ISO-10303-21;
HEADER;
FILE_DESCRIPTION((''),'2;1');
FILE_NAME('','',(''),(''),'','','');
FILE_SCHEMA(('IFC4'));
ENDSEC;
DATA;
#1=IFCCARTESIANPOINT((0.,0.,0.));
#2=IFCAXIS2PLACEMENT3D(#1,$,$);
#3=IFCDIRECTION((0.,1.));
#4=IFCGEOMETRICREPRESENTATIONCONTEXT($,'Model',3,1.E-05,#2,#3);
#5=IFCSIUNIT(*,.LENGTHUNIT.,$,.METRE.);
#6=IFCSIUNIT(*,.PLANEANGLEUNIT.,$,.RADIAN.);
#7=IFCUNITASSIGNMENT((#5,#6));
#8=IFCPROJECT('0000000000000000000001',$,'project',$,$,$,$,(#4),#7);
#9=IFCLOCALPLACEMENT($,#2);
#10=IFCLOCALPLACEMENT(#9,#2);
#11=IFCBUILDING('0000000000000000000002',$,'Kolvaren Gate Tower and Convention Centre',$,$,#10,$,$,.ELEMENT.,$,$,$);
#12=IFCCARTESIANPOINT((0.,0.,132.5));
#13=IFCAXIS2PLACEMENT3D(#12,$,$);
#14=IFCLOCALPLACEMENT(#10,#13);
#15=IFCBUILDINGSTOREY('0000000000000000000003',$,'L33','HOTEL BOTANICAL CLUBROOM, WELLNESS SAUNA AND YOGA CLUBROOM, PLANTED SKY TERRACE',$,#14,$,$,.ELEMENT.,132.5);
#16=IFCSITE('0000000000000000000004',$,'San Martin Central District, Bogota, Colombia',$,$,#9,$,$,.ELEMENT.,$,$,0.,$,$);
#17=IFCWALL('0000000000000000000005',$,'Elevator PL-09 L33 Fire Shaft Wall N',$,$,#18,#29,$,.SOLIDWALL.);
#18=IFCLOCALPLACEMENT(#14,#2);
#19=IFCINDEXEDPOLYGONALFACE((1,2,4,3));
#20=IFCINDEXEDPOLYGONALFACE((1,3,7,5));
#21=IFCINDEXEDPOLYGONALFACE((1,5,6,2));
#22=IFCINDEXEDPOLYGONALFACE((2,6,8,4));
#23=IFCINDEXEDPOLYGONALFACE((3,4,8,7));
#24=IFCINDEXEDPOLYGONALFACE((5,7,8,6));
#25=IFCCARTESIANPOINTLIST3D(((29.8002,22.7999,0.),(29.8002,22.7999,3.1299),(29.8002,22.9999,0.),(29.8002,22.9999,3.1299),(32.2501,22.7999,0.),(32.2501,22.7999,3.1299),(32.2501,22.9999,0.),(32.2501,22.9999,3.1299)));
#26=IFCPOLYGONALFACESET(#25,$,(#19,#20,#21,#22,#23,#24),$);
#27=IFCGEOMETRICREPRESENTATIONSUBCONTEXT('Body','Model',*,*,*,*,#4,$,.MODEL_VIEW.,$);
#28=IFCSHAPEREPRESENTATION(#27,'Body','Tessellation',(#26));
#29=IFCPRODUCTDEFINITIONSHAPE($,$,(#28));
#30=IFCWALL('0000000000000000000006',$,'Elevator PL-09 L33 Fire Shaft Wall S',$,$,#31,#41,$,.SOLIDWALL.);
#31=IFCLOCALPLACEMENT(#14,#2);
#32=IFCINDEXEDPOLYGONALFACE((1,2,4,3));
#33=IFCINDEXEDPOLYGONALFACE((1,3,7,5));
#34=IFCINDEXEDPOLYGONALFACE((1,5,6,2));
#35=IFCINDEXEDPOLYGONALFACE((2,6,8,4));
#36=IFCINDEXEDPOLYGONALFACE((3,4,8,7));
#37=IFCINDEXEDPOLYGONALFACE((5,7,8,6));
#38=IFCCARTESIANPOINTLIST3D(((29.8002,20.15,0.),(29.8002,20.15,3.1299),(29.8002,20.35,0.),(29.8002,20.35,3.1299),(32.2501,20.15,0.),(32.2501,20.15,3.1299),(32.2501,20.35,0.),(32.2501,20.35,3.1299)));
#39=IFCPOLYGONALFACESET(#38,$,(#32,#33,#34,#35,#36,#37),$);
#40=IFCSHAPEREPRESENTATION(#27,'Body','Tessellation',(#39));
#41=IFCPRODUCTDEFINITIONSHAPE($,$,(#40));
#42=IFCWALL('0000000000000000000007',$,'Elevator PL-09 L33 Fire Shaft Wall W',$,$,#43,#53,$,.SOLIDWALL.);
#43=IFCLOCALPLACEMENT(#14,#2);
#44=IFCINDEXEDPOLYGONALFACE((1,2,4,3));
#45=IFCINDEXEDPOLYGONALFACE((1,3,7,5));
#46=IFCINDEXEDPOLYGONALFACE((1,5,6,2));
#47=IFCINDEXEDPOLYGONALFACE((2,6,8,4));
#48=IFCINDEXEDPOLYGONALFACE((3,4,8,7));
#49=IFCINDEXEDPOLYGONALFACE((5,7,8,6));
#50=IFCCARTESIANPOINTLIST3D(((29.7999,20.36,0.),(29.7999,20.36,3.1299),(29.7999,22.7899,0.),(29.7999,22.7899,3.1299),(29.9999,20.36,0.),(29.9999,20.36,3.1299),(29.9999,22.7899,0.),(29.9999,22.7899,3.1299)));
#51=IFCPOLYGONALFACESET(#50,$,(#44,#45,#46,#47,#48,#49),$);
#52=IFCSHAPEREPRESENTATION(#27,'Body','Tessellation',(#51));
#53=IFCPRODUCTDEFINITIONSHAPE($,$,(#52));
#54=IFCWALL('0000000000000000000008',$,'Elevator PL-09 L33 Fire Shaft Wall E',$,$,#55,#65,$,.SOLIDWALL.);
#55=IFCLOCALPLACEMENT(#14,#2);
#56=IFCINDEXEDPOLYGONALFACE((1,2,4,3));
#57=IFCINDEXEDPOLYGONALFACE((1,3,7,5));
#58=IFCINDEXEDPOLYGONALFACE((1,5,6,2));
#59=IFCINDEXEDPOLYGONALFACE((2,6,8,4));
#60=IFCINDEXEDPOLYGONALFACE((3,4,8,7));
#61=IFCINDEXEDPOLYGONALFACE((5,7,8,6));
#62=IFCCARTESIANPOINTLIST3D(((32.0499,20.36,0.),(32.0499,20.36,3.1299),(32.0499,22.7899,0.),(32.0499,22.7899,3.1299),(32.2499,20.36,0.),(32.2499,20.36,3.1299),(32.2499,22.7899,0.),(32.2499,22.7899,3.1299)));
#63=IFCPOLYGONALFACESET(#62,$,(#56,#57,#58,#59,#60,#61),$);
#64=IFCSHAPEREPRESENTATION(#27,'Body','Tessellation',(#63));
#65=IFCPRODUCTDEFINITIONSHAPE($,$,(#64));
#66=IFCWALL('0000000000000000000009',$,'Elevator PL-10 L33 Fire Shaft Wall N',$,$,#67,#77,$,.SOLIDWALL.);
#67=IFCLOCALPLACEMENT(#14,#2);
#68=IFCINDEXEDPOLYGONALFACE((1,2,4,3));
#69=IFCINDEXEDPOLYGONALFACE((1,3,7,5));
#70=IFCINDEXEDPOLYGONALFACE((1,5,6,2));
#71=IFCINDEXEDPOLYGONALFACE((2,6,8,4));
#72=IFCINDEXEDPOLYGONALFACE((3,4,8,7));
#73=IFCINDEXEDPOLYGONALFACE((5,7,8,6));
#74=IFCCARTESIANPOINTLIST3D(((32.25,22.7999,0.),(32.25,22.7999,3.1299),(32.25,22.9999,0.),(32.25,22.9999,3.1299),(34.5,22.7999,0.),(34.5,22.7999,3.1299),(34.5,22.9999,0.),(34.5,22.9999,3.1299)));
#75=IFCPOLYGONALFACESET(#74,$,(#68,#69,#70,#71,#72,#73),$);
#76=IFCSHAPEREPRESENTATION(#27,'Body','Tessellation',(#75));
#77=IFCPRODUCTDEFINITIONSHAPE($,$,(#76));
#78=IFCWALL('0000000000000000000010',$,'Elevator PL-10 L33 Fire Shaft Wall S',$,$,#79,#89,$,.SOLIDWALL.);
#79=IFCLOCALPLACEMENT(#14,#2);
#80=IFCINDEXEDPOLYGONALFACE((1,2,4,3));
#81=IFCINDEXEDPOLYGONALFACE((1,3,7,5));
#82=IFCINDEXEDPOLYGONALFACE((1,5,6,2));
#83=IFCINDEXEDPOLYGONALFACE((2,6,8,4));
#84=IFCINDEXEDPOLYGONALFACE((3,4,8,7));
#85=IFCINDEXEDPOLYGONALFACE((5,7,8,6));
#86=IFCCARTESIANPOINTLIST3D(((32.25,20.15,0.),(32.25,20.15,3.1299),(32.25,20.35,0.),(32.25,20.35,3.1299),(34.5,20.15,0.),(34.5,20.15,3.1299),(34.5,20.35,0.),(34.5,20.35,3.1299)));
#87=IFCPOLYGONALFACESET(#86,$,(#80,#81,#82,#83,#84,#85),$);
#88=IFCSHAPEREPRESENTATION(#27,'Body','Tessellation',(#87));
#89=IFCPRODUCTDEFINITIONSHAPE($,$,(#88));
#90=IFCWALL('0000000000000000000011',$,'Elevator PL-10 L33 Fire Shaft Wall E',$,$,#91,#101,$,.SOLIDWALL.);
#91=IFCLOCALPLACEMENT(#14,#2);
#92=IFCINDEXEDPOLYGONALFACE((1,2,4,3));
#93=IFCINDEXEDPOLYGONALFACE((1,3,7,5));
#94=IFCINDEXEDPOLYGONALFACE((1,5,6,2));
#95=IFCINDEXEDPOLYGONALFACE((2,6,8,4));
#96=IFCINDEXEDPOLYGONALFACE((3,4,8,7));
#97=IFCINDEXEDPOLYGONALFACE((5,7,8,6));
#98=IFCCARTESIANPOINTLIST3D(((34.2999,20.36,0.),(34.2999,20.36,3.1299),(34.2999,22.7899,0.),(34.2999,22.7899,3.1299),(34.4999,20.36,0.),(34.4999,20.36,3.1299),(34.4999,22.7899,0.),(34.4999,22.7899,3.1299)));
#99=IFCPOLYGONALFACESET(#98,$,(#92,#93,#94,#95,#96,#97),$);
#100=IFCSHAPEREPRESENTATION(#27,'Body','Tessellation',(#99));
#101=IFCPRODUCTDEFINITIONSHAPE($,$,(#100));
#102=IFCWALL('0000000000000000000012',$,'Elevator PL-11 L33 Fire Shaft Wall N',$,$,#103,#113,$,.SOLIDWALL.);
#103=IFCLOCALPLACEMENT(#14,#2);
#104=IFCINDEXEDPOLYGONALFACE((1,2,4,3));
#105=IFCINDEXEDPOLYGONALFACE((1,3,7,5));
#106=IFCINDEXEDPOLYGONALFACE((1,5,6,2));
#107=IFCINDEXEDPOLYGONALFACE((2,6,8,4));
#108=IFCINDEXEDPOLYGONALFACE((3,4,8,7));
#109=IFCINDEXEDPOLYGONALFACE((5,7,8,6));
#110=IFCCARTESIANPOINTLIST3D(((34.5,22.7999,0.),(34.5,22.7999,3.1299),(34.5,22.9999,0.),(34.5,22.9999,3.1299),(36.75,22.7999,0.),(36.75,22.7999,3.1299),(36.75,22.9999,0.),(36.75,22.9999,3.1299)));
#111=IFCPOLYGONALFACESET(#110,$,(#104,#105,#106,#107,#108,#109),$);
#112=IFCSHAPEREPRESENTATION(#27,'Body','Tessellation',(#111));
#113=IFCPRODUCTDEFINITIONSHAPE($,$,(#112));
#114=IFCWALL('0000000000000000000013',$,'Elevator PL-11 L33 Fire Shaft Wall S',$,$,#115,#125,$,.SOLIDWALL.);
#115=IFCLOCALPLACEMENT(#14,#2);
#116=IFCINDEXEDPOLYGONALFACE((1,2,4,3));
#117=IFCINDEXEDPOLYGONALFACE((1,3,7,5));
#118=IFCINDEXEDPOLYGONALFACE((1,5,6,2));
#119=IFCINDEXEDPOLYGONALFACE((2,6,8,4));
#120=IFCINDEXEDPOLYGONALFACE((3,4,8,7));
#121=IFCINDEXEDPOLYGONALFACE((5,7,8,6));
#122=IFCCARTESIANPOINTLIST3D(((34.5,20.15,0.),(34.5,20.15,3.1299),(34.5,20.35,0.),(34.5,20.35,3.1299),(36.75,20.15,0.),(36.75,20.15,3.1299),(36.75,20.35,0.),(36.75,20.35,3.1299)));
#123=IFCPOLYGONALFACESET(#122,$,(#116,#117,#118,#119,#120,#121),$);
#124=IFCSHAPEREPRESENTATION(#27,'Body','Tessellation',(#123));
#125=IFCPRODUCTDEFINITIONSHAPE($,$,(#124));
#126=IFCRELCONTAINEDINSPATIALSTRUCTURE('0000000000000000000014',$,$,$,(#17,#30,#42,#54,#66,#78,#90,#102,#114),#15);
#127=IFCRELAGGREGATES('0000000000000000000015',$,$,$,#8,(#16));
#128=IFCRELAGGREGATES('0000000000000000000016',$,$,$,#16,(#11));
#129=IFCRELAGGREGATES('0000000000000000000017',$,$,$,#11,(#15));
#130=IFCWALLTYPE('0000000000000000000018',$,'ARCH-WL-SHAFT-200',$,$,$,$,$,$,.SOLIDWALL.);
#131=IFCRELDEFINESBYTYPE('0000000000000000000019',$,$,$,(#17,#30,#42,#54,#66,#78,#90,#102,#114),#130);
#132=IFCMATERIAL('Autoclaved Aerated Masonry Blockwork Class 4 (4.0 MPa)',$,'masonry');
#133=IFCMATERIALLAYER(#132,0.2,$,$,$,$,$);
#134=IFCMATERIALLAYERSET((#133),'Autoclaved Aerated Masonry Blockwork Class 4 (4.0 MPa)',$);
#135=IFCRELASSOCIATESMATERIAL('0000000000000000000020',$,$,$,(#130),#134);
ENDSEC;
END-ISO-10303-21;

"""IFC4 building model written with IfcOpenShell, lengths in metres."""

from ifc_helpers import new_model, si_unit, direction, frame, frame_2d, origin, place, context, subcontext, project, spatial, rectangle, extrude, material, layer, layer_set, type_object, element, save


model = new_model("IFC4")

# Units and contexts
model_context = context("Model", 3, precision=1e-05, world=origin(), true_north=direction((0.0, 1.0)))
body_context = subcontext(model_context, "Body", "Model", "MODEL_VIEW")
ifc_project = project(units=[si_unit("LENGTHUNIT", "METRE"), si_unit("PLANEANGLEUNIT", "RADIAN")], contexts=[model_context])

# Site, building, storey
site_placement = place(None, origin())
site = spatial("IfcSite", under=ifc_project, at=site_placement, Name="San Martin Central District, Bogota, Colombia", CompositionType="ELEMENT", RefElevation=0.0)
building_placement = place(site_placement, origin())
building = spatial("IfcBuilding", under=site, at=building_placement, Name="Kolvaren Gate Tower and Convention Centre", CompositionType="ELEMENT")
storey_placement = place(building_placement, frame((0.0, 0.0, 132.5)))
storey = spatial("IfcBuildingStorey", under=building, at=storey_placement, Name="L33", Description="HOTEL BOTANICAL CLUBROOM, WELLNESS SAUNA AND YOGA CLUBROOM, PLANTED SKY TERRACE", CompositionType="ELEMENT", Elevation=132.5)

# Shared definitions
ifc_material_1 = material(Name="Autoclaved Aerated Masonry Blockwork Class 4 (4.0 MPa)", Category="masonry")
ifc_layer_1 = layer(ifc_material_1, 0.2)
ifc_layer_set_1 = layer_set([ifc_layer_1], Name="Autoclaved Aerated Masonry Blockwork Class 4 (4.0 MPa)")
wall_type_1 = type_object("IfcWallType", Name="ARCH-WL-SHAFT-200", PredefinedType="SOLIDWALL", material=ifc_layer_set_1)

# Walls
for number, where, z_axis, x_axis, name in (
    (1, (29.8, 22.8999, 0.0), (0.0, 0.0, 1.0), (1.0, 0.0, 0.0), "Elevator PL-09 L33 Fire Shaft Wall N"),
    (2, (29.8, 20.25, 0.0), (0.0, 0.0, 1.0), (1.0, 0.0, 0.0), "Elevator PL-09 L33 Fire Shaft Wall S"),
):
    element("IfcWall", number, at=place(storey_placement, frame(where, z_axis=z_axis, x_axis=x_axis)), inside=storey, type_object=wall_type_1, Name=name, PredefinedType="SOLIDWALL", context=body_context, shape_type="SweptSolid", body=[
        extrude(rectangle(XDim=2.45, YDim=0.2, at=frame_2d((1.2251, 0.0))), origin(), (0.0, 0.0, 1.0), 3.1299),
    ])
for number, where, z_axis, x_axis, name in (
    (3, (29.8999, 20.3601, 0.0), (0.0, 0.0, 1.0), (0.0, 1.0, 0.0), "Elevator PL-09 L33 Fire Shaft Wall W"),
    (4, (32.1499, 20.3601, 0.0), (0.0, 0.0, 1.0), (0.0, 1.0, 0.0), "Elevator PL-09 L33 Fire Shaft Wall E"),
):
    element("IfcWall", number, at=place(storey_placement, frame(where, z_axis=z_axis, x_axis=x_axis)), inside=storey, type_object=wall_type_1, Name=name, PredefinedType="SOLIDWALL", context=body_context, shape_type="SweptSolid", body=[
        extrude(rectangle(XDim=2.4299, YDim=0.2, at=frame_2d((1.2148, 0.0))), origin(), (0.0, 0.0, 1.0), 3.1299),
    ])
for number, where, z_axis, x_axis, name in (
    (5, (32.25, 22.8999, 0.0), (0.0, 0.0, 1.0), (1.0, 0.0, 0.0), "Elevator PL-10 L33 Fire Shaft Wall N"),
    (6, (32.25, 20.25, 0.0), (0.0, 0.0, 1.0), (1.0, 0.0, 0.0), "Elevator PL-10 L33 Fire Shaft Wall S"),
):
    element("IfcWall", number, at=place(storey_placement, frame(where, z_axis=z_axis, x_axis=x_axis)), inside=storey, type_object=wall_type_1, Name=name, PredefinedType="SOLIDWALL", context=body_context, shape_type="SweptSolid", body=[
        extrude(rectangle(XDim=2.25, YDim=0.2, at=frame_2d((1.125, 0.0))), origin(), (0.0, 0.0, 1.0), 3.1299),
    ])
wall_1_placement = place(storey_placement, frame((34.3999, 20.3601, 0.0), z_axis=(0.0, 0.0, 1.0), x_axis=(0.0, 1.0, 0.0)))
element("IfcWall", 7, at=wall_1_placement, inside=storey, type_object=wall_type_1, Name="Elevator PL-10 L33 Fire Shaft Wall E", PredefinedType="SOLIDWALL", context=body_context, shape_type="SweptSolid", body=[
    extrude(rectangle(XDim=2.4299, YDim=0.2, at=frame_2d((1.2148, 0.0))), origin(), (0.0, 0.0, 1.0), 3.1299),
])
for number, where, z_axis, x_axis, name in (
    (8, (34.5, 22.8999, 0.0), (0.0, 0.0, 1.0), (1.0, 0.0, 0.0), "Elevator PL-11 L33 Fire Shaft Wall N"),
    (9, (34.5, 20.25, 0.0), (0.0, 0.0, 1.0), (1.0, 0.0, 0.0), "Elevator PL-11 L33 Fire Shaft Wall S"),
):
    element("IfcWall", number, at=place(storey_placement, frame(where, z_axis=z_axis, x_axis=x_axis)), inside=storey, type_object=wall_type_1, Name=name, PredefinedType="SOLIDWALL", context=body_context, shape_type="SweptSolid", body=[
        extrude(rectangle(XDim=2.25, YDim=0.2, at=frame_2d((1.125, 0.0))), origin(), (0.0, 0.0, 1.0), 3.1299),
    ])

save(model, "model.ifc")
